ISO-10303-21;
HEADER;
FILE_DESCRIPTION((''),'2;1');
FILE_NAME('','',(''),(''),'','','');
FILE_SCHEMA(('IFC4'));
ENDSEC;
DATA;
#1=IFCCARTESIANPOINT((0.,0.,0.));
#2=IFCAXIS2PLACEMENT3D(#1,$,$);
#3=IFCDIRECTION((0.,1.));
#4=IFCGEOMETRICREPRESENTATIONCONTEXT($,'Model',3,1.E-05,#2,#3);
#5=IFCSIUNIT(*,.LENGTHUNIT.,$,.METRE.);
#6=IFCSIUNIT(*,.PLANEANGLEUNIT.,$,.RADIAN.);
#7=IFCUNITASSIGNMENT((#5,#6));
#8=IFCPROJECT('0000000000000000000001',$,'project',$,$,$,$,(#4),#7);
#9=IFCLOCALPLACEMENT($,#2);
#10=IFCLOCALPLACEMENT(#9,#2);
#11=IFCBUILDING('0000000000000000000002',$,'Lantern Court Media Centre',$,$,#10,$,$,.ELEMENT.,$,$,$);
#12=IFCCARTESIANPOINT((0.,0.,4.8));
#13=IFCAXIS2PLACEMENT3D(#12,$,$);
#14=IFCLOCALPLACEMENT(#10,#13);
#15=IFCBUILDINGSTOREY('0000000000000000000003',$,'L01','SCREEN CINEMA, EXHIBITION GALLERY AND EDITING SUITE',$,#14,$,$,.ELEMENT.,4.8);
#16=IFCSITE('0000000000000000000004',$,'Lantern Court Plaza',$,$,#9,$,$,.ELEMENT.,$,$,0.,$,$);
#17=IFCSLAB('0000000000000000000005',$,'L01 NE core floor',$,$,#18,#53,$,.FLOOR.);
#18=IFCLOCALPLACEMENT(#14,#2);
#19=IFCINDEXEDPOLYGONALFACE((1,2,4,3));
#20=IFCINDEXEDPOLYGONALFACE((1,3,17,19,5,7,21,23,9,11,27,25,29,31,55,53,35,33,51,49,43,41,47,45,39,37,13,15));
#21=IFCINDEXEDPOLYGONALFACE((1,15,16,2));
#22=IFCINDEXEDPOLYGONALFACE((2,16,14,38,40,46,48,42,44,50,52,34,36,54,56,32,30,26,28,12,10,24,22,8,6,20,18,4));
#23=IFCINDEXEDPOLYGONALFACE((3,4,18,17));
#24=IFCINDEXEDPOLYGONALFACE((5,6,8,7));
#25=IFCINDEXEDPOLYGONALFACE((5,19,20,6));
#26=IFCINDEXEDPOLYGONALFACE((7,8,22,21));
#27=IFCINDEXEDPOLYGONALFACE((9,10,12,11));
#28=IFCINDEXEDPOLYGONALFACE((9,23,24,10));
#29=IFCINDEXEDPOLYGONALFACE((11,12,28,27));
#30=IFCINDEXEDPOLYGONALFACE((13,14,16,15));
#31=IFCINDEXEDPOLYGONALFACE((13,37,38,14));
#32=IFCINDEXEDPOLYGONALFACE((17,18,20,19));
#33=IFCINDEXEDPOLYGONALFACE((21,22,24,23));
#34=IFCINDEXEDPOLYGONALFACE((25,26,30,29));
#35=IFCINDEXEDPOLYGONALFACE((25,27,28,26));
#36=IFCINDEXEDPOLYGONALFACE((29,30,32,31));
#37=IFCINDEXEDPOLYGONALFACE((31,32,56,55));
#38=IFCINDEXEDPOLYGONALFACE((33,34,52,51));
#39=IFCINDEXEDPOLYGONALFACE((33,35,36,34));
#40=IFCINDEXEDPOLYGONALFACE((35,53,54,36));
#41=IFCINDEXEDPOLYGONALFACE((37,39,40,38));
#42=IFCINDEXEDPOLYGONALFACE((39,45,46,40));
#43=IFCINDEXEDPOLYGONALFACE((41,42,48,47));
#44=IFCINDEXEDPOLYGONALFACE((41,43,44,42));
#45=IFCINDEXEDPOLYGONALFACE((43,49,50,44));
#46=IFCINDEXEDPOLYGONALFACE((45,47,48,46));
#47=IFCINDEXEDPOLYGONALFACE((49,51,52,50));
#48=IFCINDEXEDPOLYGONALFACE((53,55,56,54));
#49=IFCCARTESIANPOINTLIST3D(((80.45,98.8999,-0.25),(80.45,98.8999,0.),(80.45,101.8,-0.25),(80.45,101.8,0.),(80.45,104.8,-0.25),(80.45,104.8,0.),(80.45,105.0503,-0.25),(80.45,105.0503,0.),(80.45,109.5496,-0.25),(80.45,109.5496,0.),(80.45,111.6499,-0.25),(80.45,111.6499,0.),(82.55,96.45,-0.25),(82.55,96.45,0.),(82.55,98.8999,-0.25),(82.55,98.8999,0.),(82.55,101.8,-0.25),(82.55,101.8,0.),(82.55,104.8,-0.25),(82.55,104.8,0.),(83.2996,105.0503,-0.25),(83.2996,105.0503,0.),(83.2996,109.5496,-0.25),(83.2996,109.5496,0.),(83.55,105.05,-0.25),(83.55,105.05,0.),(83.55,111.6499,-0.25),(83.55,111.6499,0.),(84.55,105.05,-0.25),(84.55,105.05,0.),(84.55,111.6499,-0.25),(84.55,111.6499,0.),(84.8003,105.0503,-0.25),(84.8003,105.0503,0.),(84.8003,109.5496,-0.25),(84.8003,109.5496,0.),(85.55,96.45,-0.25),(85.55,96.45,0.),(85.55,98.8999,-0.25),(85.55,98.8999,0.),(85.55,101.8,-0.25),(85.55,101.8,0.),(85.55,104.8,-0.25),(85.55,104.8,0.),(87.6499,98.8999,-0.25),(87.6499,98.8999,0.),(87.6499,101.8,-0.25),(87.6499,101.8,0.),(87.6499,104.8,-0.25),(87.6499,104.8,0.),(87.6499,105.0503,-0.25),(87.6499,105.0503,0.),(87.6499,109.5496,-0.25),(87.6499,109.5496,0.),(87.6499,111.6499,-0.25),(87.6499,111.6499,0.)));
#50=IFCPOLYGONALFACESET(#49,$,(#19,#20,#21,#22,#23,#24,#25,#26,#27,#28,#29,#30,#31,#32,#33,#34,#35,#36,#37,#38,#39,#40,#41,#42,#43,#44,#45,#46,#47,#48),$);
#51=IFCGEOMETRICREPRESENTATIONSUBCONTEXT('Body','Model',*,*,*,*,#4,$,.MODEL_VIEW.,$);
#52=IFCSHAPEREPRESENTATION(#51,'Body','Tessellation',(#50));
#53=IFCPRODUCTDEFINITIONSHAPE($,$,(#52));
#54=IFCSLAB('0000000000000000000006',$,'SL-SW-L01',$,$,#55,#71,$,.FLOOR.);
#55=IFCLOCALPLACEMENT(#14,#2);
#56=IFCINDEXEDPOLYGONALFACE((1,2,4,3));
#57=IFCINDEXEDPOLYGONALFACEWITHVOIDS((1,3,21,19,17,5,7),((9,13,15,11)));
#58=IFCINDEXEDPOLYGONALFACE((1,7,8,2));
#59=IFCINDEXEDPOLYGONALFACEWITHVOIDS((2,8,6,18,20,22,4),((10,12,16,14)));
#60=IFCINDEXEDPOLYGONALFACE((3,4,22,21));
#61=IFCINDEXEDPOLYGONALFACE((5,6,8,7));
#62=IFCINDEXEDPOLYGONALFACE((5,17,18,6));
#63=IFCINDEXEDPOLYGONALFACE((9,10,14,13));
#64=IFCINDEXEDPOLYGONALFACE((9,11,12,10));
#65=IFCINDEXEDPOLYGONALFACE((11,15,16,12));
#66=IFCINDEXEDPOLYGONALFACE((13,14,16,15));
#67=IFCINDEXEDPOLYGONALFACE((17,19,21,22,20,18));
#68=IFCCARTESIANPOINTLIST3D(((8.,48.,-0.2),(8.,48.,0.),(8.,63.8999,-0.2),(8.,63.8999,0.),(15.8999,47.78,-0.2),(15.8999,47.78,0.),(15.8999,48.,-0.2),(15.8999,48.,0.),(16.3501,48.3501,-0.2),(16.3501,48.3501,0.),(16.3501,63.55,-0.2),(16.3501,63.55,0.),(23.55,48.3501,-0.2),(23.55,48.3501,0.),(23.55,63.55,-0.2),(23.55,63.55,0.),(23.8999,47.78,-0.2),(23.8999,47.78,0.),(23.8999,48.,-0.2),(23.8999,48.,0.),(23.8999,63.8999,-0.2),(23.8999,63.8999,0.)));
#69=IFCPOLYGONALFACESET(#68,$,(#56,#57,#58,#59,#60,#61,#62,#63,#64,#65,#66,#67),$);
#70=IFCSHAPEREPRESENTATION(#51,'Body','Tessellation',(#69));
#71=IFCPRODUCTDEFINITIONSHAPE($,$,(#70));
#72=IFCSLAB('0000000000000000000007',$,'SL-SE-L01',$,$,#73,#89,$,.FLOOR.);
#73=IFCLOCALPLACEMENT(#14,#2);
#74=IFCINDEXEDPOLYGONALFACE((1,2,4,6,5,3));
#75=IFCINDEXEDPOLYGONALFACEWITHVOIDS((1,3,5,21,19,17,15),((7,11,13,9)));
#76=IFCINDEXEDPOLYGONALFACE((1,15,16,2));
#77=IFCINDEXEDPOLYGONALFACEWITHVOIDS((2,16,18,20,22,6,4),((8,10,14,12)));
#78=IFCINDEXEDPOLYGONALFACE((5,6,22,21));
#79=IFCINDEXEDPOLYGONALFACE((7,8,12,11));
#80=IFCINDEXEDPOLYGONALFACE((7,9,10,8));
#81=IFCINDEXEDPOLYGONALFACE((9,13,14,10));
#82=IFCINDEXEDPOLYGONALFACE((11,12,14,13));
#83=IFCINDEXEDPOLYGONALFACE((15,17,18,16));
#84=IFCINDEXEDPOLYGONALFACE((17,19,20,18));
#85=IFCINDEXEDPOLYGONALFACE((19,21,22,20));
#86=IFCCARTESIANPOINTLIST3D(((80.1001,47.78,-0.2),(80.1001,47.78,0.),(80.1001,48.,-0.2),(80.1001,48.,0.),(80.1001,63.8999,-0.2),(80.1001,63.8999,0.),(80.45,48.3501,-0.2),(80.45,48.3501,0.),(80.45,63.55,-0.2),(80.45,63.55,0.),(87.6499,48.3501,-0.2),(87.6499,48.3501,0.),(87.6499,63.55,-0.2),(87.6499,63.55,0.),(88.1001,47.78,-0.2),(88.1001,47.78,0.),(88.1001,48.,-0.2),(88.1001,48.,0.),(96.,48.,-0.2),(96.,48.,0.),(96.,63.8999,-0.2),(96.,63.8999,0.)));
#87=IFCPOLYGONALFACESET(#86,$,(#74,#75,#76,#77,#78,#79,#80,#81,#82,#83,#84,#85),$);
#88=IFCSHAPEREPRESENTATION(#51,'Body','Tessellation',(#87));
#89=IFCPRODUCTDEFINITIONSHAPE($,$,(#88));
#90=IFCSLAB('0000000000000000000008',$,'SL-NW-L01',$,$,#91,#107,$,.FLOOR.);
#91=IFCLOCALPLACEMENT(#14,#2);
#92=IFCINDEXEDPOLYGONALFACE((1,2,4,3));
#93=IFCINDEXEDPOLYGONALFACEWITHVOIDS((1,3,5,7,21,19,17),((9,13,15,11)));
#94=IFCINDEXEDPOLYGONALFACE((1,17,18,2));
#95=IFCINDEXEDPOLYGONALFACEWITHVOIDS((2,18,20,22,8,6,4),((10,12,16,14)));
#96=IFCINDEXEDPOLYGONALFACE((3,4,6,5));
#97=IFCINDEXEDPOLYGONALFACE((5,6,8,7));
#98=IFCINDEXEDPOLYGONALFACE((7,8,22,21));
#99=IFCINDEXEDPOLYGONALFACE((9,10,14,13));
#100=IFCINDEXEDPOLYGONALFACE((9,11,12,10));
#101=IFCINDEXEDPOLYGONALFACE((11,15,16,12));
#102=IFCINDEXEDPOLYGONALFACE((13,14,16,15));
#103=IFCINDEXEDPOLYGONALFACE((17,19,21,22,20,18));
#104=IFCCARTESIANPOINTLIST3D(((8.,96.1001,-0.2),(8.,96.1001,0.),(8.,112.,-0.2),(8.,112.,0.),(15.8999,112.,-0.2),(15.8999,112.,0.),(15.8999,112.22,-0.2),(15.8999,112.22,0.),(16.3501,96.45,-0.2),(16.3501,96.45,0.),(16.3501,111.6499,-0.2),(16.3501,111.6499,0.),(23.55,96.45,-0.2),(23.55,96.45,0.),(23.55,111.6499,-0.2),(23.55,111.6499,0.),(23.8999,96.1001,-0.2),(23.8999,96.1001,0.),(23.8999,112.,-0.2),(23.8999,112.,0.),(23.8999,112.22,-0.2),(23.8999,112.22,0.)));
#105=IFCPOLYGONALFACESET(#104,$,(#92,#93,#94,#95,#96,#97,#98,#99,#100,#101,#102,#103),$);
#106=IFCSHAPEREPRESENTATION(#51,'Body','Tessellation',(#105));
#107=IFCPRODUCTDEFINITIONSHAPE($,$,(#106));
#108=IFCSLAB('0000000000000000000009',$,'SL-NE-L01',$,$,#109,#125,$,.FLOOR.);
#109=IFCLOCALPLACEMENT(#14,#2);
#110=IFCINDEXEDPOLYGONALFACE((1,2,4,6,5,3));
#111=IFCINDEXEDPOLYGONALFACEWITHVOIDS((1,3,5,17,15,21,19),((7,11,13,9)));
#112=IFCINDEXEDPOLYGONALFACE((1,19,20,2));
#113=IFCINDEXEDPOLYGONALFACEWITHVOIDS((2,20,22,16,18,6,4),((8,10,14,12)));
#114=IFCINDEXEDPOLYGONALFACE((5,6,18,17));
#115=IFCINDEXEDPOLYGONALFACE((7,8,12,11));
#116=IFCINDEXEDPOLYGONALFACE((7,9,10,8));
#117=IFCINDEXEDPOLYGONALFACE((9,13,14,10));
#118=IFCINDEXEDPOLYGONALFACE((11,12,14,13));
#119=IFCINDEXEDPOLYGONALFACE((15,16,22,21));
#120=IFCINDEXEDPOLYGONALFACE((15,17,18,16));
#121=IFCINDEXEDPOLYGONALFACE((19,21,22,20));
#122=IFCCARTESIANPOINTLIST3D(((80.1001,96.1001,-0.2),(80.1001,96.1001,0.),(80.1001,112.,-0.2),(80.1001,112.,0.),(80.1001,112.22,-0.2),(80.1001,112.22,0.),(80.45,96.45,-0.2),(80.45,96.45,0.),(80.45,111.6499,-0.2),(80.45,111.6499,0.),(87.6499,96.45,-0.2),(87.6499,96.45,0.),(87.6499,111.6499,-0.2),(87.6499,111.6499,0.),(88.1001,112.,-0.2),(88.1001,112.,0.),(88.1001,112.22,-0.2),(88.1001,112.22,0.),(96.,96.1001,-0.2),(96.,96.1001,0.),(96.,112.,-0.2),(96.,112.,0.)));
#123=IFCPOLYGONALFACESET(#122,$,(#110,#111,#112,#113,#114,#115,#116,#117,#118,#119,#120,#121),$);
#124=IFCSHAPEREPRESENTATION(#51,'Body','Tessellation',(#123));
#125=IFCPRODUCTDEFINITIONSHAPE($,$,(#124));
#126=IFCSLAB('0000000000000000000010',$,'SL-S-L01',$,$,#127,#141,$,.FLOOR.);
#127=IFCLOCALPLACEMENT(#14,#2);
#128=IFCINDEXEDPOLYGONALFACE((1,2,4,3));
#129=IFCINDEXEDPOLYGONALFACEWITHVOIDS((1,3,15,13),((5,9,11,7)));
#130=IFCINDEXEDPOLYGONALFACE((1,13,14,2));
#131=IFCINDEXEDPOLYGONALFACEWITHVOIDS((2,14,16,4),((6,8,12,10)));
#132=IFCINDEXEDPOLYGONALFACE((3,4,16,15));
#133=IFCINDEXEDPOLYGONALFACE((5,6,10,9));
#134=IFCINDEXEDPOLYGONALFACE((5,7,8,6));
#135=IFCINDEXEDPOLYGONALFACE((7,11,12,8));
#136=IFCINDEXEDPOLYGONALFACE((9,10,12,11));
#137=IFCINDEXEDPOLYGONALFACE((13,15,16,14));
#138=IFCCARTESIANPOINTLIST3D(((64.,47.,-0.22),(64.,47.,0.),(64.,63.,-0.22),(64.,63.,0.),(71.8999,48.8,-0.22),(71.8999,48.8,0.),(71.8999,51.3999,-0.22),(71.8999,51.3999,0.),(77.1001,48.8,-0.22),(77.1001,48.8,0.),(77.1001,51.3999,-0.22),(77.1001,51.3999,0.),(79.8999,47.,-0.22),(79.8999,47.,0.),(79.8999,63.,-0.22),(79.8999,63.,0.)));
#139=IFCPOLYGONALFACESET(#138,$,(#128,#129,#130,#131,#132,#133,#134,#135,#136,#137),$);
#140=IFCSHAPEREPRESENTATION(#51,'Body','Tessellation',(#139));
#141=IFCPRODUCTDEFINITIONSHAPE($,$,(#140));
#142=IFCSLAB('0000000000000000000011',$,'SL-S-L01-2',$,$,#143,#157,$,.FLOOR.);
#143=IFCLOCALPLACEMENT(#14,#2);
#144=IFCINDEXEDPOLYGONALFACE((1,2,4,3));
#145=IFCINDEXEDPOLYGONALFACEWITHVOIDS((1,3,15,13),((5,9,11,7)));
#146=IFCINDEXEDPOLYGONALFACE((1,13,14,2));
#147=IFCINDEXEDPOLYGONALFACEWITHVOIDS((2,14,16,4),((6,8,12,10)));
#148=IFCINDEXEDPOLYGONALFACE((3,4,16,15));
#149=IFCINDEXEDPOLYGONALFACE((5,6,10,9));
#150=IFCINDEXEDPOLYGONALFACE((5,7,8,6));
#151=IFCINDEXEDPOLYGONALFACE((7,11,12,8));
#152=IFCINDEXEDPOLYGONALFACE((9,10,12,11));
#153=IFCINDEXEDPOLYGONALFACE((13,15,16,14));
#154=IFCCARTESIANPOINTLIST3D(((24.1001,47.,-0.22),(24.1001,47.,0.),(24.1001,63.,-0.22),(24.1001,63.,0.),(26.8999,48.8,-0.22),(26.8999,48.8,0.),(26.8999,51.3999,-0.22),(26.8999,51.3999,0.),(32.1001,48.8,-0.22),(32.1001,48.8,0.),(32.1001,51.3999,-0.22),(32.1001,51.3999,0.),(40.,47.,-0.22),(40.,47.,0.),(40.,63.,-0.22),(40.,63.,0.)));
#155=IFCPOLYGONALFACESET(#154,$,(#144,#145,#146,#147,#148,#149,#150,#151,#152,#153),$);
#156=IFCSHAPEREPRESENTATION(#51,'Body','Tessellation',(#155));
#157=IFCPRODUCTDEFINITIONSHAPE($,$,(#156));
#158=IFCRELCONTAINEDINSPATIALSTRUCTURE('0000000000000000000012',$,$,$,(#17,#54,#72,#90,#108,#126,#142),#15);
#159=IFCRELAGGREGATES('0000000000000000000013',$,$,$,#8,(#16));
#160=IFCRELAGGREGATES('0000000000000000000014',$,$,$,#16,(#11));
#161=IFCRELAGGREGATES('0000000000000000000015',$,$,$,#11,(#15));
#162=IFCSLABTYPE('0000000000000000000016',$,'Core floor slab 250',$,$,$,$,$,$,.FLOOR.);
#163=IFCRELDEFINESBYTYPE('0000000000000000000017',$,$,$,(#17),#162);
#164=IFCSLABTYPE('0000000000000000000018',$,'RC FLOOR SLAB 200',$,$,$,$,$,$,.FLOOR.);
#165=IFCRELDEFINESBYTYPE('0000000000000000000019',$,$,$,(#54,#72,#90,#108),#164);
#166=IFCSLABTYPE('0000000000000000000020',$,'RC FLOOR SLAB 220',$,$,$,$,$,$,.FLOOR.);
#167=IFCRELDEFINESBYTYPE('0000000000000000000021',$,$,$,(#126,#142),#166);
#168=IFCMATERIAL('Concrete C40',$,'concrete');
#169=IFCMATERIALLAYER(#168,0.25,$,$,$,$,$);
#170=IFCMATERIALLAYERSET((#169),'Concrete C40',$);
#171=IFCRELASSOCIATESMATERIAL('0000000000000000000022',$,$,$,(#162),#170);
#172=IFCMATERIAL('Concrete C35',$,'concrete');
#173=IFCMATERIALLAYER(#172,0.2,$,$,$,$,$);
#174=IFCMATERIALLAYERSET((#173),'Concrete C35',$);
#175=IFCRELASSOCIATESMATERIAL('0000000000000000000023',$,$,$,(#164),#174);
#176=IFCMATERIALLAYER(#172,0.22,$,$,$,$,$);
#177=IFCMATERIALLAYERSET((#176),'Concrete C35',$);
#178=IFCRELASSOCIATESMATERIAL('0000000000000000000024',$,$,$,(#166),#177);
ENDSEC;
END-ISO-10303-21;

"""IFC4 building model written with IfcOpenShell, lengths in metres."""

from ifc_helpers import new_model, si_unit, direction, frame, origin, place, context, subcontext, project, spatial, polyline, outline, extrude, material, layer, layer_set, type_object, element, save


model = new_model("IFC4")

# Units and contexts
model_context = context("Model", 3, precision=1e-05, world=origin(), true_north=direction((0.0, 1.0)))
body_context = subcontext(model_context, "Body", "Model", "MODEL_VIEW")
ifc_project = project(units=[si_unit("LENGTHUNIT", "METRE"), si_unit("PLANEANGLEUNIT", "RADIAN")], contexts=[model_context])

# Site, building, storey
site_placement = place(None, origin())
site = spatial("IfcSite", under=ifc_project, at=site_placement, Name="Lantern Court Plaza", CompositionType="ELEMENT", RefElevation=0.0)
building_placement = place(site_placement, origin())
building = spatial("IfcBuilding", under=site, at=building_placement, Name="Lantern Court Media Centre", CompositionType="ELEMENT")
storey_placement = place(building_placement, frame((0.0, 0.0, 4.8)))
storey = spatial("IfcBuildingStorey", under=building, at=storey_placement, Name="L01", Description="SCREEN CINEMA, EXHIBITION GALLERY AND EDITING SUITE", CompositionType="ELEMENT", Elevation=4.8)

# Slabs
ifc_material_1 = material(Name="Concrete C40", Category="concrete")
ifc_layer_1 = layer(ifc_material_1, 0.25)
ifc_layer_set_1 = layer_set([ifc_layer_1], Name="Concrete C40")
slab_type_1 = type_object("IfcSlabType", Name="Core floor slab 250", PredefinedType="FLOOR", material=ifc_layer_set_1)
slab_1_placement = place(storey_placement, frame((0.0, 0.0, -0.25)))
element("IfcSlab", 1, at=slab_1_placement, inside=storey, type_object=slab_type_1, Name="L01 NE core floor", PredefinedType="FLOOR", context=body_context, shape_type="SweptSolid", body=[
    extrude(outline(polyline([(87.6499, 101.8), (87.6499, 98.8999), (85.55, 98.8999), (85.55, 96.45), (82.55, 96.45), (82.55, 98.8999), (80.45, 98.8999), (80.45, 101.8), (82.55, 101.8), (82.55, 104.8), (80.45, 104.8), (80.45, 105.0503), (83.2996, 105.0503), (83.2996, 109.5496), (80.45, 109.5496), (80.45, 111.6499), (83.55, 111.6499), (83.55, 105.05), (84.55, 105.05), (84.55, 111.6499), (87.6499, 111.6499), (87.6499, 109.5496), (84.8003, 109.5496), (84.8003, 105.0503), (87.6499, 105.0503), (87.6499, 104.8), (85.55, 104.8), (85.55, 101.8), (87.6499, 101.8)])), origin(), (0.0, 0.0, 1.0), 0.25),
])
ifc_material_2 = material(Name="Concrete C35", Category="concrete")
ifc_layer_2 = layer(ifc_material_2, 0.2)
ifc_layer_set_2 = layer_set([ifc_layer_2], Name="Concrete C35")
slab_type_2 = type_object("IfcSlabType", Name="RC FLOOR SLAB 200", PredefinedType="FLOOR", material=ifc_layer_set_2)
slab_2_placement = place(storey_placement, frame((0.0, 0.0, -0.2)))
element("IfcSlab", 2, at=slab_2_placement, inside=storey, type_object=slab_type_2, Name="SL-SW-L01", PredefinedType="FLOOR", context=body_context, shape_type="SweptSolid", body=[
    extrude(outline(polyline([(8.0, 63.8999), (23.8999, 63.8999), (23.8999, 48.0), (23.8999, 47.78), (15.8999, 47.78), (15.8999, 48.0), (8.0, 48.0), (8.0, 63.8999)]), holes=[polyline([(16.3501, 63.55), (16.3501, 48.3501), (23.55, 48.3501), (23.55, 63.55), (16.3501, 63.55)])]), origin(), (0.0, 0.0, 1.0), 0.2),
])
slab_3_placement = place(storey_placement, frame((0.0, 0.0, -0.2)))
element("IfcSlab", 3, at=slab_3_placement, inside=storey, type_object=slab_type_2, Name="SL-SE-L01", PredefinedType="FLOOR", context=body_context, shape_type="SweptSolid", body=[
    extrude(outline(polyline([(80.1001, 63.8999), (96.0, 63.8999), (96.0, 48.0), (88.1001, 48.0), (88.1001, 47.78), (80.1001, 47.78), (80.1001, 48.0), (80.1001, 63.8999)]), holes=[polyline([(80.45, 63.55), (80.45, 48.3501), (87.6499, 48.3501), (87.6499, 63.55), (80.45, 63.55)])]), origin(), (0.0, 0.0, 1.0), 0.2),
])
slab_4_placement = place(storey_placement, frame((0.0, 0.0, -0.2)))
element("IfcSlab", 4, at=slab_4_placement, inside=storey, type_object=slab_type_2, Name="SL-NW-L01", PredefinedType="FLOOR", context=body_context, shape_type="SweptSolid", body=[
    extrude(outline(polyline([(8.0, 112.0), (15.8999, 112.0), (15.8999, 112.22), (23.8999, 112.22), (23.8999, 112.0), (23.8999, 96.1001), (8.0, 96.1001), (8.0, 112.0)]), holes=[polyline([(16.3501, 111.6499), (16.3501, 96.45), (23.55, 96.45), (23.55, 111.6499), (16.3501, 111.6499)])]), origin(), (0.0, 0.0, 1.0), 0.2),
])
slab_5_placement = place(storey_placement, frame((0.0, 0.0, -0.2)))
element("IfcSlab", 5, at=slab_5_placement, inside=storey, type_object=slab_type_2, Name="SL-NE-L01", PredefinedType="FLOOR", context=body_context, shape_type="SweptSolid", body=[
    extrude(outline(polyline([(80.1001, 112.0), (80.1001, 112.22), (88.1001, 112.22), (88.1001, 112.0), (96.0, 112.0), (96.0, 96.1001), (80.1001, 96.1001), (80.1001, 112.0)]), holes=[polyline([(80.45, 111.6499), (80.45, 96.45), (87.6499, 96.45), (87.6499, 111.6499), (80.45, 111.6499)])]), origin(), (0.0, 0.0, 1.0), 0.2),
])
ifc_layer_3 = layer(ifc_material_2, 0.22)
ifc_layer_set_3 = layer_set([ifc_layer_3], Name="Concrete C35")
slab_type_3 = type_object("IfcSlabType", Name="RC FLOOR SLAB 220", PredefinedType="FLOOR", material=ifc_layer_set_3)
slab_6_placement = place(storey_placement, frame((0.0, 0.0, -0.22)))
element("IfcSlab", 6, at=slab_6_placement, inside=storey, type_object=slab_type_3, Name="SL-S-L01", PredefinedType="FLOOR", context=body_context, shape_type="SweptSolid", body=[
    extrude(outline(polyline([(79.8999, 63.0), (79.8999, 47.0), (64.0, 47.0), (64.0, 63.0), (79.8999, 63.0)]), holes=[polyline([(71.8999, 48.8), (77.1001, 48.8), (77.1001, 51.3999), (71.8999, 51.3999), (71.8999, 48.8)])]), origin(), (0.0, 0.0, 1.0), 0.22),
])
slab_7_placement = place(storey_placement, frame((0.0, 0.0, -0.22)))
element("IfcSlab", 7, at=slab_7_placement, inside=storey, type_object=slab_type_3, Name="SL-S-L01-2", PredefinedType="FLOOR", context=body_context, shape_type="SweptSolid", body=[
    extrude(outline(polyline([(24.1001, 47.0), (24.1001, 63.0), (40.0, 63.0), (40.0, 47.0), (24.1001, 47.0)]), holes=[polyline([(32.1001, 48.8), (32.1001, 51.3999), (26.8999, 51.3999), (26.8999, 48.8), (32.1001, 48.8)])]), origin(), (0.0, 0.0, 1.0), 0.22),
])

save(model, "model.ifc")
